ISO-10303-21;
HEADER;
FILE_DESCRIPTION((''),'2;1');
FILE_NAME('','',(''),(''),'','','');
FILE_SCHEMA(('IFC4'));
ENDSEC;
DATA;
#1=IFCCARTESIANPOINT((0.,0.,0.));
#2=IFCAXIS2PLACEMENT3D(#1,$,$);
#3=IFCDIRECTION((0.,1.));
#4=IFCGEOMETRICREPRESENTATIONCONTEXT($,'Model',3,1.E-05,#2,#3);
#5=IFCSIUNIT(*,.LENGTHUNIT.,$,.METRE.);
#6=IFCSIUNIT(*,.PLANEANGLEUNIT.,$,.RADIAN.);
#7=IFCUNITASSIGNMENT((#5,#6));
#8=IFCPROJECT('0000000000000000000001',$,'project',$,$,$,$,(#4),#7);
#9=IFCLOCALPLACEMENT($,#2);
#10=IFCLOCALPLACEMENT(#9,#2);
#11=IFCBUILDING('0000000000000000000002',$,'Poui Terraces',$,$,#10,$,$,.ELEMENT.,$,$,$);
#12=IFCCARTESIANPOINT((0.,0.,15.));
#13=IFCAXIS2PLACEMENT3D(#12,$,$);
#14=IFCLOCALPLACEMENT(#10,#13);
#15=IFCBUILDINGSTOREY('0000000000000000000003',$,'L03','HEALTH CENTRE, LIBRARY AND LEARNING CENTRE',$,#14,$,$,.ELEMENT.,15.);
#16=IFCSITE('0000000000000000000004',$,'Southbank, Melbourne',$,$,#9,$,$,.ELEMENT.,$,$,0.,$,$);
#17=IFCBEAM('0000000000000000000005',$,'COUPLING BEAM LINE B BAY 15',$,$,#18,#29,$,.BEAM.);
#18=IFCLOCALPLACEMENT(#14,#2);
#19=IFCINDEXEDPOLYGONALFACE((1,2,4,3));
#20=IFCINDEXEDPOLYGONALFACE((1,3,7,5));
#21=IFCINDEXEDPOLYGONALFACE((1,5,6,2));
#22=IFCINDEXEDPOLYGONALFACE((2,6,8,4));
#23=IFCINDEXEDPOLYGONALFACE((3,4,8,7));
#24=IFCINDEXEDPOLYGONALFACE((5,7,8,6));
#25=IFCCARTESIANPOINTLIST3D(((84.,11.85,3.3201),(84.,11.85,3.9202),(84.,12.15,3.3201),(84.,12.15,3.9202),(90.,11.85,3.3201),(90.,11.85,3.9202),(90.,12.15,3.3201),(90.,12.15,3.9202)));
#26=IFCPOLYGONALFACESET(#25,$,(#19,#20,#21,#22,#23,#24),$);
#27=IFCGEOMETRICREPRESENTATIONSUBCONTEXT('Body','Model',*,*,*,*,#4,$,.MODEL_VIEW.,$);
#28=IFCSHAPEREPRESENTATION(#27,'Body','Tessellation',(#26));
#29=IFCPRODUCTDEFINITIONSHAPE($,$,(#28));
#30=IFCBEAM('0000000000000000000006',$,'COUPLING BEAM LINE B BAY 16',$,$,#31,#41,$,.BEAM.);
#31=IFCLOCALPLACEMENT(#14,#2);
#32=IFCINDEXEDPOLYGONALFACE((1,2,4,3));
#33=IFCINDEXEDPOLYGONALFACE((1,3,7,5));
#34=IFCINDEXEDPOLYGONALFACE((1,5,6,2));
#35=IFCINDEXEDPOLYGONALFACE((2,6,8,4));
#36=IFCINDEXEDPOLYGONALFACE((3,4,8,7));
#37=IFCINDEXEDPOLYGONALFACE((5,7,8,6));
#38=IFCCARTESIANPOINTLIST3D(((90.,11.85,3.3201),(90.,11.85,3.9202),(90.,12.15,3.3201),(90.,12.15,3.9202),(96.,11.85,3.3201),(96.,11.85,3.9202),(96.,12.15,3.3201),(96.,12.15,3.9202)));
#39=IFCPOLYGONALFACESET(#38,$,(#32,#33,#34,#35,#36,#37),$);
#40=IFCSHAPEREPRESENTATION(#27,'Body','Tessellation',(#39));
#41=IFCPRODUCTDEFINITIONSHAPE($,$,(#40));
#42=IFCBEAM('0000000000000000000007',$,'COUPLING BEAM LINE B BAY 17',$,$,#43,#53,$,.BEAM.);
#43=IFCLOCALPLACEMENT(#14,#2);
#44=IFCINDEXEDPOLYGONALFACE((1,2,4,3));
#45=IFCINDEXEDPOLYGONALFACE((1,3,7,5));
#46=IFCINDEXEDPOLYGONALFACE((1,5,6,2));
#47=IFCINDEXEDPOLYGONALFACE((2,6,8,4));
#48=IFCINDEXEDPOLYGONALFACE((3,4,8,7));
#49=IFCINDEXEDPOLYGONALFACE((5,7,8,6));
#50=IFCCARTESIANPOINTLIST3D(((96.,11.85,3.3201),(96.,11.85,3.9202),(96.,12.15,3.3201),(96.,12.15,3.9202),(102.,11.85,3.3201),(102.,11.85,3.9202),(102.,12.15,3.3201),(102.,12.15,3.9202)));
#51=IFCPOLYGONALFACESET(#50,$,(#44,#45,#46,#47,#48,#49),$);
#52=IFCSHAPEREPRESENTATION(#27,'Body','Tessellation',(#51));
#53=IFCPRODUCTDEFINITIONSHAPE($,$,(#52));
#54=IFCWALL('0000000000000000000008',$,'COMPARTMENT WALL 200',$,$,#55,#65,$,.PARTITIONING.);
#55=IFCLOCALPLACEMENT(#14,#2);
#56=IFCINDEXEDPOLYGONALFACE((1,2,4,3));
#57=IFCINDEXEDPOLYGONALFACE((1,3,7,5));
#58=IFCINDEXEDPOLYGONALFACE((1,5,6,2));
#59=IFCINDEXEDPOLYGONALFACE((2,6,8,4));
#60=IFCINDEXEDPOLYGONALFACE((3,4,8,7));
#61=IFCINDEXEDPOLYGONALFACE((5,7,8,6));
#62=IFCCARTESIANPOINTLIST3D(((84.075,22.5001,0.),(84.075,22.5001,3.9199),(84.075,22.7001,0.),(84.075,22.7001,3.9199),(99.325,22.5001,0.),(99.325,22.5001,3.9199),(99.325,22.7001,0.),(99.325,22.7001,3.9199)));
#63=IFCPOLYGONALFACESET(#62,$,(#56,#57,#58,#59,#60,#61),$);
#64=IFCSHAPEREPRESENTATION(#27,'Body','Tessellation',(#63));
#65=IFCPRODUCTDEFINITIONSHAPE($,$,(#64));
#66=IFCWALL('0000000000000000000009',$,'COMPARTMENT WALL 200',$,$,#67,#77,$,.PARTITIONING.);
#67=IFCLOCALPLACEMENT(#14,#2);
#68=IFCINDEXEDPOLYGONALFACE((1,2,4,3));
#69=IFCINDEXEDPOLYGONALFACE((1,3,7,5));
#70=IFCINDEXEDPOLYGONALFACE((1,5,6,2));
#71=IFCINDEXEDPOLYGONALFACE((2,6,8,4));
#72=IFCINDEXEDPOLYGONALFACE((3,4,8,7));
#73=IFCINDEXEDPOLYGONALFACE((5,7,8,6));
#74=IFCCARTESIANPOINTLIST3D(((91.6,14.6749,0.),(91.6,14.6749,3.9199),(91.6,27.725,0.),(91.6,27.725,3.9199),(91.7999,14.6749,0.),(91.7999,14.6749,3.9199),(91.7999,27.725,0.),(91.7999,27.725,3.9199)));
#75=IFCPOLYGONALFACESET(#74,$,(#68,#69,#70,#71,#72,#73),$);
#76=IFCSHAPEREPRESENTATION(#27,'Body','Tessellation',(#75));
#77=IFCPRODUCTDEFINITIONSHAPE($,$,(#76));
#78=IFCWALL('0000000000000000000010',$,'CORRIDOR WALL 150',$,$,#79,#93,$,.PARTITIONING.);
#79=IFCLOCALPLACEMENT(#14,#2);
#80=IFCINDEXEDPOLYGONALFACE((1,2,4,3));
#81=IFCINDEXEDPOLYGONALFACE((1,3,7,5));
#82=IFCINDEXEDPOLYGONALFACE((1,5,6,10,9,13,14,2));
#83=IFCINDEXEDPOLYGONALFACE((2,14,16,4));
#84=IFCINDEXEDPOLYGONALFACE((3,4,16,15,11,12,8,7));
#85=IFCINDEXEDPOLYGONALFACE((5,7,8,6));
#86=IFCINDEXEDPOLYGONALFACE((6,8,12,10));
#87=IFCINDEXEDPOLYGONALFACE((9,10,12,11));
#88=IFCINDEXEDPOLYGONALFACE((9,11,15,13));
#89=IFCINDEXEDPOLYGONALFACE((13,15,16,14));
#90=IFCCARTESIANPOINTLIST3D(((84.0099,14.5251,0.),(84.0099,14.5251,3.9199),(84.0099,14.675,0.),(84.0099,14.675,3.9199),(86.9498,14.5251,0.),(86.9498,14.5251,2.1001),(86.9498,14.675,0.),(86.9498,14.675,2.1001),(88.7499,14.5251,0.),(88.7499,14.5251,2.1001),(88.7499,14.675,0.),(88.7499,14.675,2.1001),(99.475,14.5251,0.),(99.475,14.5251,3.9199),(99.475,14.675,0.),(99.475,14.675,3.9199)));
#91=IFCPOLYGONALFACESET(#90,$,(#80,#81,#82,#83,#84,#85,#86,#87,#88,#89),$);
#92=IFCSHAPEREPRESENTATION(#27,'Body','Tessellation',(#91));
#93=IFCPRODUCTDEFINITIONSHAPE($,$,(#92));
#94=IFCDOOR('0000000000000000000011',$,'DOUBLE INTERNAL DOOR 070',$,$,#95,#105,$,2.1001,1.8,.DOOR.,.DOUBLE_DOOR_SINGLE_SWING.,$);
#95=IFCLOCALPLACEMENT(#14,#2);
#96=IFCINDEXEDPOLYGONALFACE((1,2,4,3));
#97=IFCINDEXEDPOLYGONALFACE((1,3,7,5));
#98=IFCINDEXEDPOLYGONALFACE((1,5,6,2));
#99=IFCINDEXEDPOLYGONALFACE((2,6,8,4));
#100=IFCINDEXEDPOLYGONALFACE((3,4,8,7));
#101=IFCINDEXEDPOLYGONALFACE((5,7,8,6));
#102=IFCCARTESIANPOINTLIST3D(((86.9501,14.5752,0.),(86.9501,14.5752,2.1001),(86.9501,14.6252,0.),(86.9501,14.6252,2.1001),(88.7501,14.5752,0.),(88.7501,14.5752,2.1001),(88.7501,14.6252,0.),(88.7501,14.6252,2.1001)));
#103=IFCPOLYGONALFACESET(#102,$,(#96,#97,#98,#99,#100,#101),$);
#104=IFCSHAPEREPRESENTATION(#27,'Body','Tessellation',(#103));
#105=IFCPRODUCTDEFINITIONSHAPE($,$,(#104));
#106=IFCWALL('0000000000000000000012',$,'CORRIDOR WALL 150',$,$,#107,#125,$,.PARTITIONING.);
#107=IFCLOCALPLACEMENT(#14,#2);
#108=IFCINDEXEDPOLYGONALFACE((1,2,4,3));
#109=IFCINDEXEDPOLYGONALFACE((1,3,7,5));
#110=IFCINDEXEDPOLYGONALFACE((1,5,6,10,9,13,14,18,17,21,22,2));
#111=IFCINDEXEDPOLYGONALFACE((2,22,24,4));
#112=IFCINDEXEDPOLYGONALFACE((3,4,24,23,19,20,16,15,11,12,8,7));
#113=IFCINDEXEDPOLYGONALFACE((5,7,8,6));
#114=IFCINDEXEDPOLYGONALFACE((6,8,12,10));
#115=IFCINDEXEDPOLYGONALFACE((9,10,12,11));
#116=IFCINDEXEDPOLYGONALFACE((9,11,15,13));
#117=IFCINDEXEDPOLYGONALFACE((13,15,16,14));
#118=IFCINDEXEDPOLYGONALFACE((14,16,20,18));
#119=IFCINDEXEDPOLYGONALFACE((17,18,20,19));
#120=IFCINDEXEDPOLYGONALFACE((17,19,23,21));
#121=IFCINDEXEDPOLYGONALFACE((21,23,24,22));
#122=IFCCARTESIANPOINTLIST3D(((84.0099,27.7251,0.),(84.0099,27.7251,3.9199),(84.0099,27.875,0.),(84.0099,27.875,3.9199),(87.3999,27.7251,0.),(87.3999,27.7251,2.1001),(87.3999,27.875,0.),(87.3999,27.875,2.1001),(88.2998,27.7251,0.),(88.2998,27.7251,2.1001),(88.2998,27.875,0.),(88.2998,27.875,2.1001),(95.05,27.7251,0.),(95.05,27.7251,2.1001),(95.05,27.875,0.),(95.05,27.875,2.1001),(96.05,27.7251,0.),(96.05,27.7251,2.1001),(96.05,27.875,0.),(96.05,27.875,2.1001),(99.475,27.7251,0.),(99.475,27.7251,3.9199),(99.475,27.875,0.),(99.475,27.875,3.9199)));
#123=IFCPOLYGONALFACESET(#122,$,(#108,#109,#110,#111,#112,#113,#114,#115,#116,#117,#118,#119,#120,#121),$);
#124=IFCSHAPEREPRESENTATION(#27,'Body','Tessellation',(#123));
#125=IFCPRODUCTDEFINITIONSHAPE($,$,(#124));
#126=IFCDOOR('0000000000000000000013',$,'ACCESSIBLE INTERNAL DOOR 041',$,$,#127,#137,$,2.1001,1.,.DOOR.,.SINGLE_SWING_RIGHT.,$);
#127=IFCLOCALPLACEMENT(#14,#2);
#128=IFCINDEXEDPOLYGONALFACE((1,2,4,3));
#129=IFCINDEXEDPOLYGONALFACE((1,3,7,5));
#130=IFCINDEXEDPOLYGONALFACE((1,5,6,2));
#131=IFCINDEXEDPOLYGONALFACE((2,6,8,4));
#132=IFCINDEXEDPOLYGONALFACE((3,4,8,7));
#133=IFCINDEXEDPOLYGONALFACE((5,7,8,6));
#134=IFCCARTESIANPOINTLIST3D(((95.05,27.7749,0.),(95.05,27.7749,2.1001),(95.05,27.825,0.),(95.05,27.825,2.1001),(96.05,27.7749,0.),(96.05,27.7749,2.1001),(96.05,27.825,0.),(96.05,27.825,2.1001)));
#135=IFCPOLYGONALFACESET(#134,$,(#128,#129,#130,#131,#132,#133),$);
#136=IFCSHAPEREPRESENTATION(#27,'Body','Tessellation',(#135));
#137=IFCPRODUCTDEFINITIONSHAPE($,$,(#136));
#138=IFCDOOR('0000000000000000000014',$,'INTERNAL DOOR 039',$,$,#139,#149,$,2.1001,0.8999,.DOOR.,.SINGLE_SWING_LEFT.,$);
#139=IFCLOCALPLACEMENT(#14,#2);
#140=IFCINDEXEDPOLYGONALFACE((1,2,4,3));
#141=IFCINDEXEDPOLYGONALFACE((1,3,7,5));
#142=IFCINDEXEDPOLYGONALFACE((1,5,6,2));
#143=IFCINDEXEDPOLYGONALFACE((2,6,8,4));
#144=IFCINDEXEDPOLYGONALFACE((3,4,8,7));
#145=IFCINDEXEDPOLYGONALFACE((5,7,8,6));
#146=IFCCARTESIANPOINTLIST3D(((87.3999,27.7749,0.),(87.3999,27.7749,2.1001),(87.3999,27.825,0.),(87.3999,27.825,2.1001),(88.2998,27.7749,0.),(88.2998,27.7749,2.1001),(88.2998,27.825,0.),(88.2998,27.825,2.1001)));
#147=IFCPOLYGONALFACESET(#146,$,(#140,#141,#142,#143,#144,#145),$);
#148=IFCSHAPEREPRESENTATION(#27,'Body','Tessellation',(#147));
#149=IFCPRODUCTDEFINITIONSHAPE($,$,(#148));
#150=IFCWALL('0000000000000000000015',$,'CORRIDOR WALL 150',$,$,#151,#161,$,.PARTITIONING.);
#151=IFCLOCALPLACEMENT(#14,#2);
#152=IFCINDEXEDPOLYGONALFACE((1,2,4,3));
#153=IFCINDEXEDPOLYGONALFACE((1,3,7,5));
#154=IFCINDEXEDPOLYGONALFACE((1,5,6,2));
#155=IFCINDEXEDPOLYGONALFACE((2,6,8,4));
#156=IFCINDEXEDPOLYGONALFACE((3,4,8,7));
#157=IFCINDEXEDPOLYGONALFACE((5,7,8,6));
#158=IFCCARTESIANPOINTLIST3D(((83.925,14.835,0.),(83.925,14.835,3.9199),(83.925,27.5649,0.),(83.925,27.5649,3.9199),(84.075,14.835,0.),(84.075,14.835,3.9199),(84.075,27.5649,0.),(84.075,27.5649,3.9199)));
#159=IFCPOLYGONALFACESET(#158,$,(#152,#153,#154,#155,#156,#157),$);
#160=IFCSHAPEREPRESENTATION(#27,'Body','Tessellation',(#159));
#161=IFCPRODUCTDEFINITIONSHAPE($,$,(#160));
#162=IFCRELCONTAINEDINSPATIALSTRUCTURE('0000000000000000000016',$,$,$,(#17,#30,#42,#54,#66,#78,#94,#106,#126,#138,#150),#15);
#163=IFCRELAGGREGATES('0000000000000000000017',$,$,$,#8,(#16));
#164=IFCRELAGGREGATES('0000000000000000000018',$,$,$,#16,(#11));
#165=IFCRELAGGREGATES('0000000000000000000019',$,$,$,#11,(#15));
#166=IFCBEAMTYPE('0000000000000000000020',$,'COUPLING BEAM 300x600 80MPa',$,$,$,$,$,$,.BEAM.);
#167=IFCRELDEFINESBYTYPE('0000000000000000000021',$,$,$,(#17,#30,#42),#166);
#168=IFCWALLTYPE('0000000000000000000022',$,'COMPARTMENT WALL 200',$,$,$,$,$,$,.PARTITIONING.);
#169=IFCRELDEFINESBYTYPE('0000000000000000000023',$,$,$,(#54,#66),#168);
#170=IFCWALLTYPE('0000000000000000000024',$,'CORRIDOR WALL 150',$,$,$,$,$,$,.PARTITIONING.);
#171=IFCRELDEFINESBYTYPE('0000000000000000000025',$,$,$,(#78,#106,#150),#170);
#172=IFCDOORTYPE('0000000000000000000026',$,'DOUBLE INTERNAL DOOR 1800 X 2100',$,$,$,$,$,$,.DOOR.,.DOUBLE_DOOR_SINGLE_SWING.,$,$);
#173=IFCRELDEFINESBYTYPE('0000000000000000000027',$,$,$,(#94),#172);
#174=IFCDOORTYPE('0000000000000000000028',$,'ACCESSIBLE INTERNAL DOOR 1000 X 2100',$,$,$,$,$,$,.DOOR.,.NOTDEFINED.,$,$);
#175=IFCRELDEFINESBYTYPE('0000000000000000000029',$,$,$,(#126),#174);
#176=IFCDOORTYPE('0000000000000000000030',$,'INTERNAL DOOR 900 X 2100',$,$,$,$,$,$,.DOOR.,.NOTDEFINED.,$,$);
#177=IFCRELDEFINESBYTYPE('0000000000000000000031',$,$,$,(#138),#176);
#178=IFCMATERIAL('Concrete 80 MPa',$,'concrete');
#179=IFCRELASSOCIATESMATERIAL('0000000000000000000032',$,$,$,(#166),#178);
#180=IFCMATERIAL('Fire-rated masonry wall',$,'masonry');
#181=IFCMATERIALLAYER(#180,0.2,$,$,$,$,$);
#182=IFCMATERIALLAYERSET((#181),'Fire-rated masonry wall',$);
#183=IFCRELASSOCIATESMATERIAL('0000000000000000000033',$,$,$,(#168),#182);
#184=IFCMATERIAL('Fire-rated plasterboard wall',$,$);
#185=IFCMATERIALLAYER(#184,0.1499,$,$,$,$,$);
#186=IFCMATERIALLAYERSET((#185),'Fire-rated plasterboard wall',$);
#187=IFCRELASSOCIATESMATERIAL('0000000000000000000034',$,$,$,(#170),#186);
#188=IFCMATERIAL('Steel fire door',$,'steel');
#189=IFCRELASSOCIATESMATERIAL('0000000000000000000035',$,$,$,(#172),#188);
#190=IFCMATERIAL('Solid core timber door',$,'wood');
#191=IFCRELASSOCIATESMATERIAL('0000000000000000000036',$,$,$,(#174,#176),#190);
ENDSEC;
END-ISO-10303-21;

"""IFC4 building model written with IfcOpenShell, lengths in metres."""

from ifc_helpers import new_model, si_unit, direction, frame, frame_2d, origin, origin_2d, place, context, subcontext, project, spatial, rectangle, extrude, source, transform, mapped, material, layer, layer_set, material_profile, profile_set, type_object, element, fill, save


model = new_model("IFC4")

# Units and contexts
model_context = context("Model", 3, precision=1e-05, world=origin(), true_north=direction((0.0, 1.0)))
body_context = subcontext(model_context, "Body", "Model", "MODEL_VIEW")
ifc_project = project(units=[si_unit("LENGTHUNIT", "METRE"), si_unit("PLANEANGLEUNIT", "RADIAN")], contexts=[model_context])

# Site, building, storey
site_placement = place(None, origin())
site = spatial("IfcSite", under=ifc_project, at=site_placement, Name="Southbank, Melbourne", CompositionType="ELEMENT", RefElevation=0.0)
building_placement = place(site_placement, origin())
building = spatial("IfcBuilding", under=site, at=building_placement, Name="Poui Terraces", CompositionType="ELEMENT")
storey_placement = place(building_placement, frame((0.0, 0.0, 15.0)))
storey = spatial("IfcBuildingStorey", under=building, at=storey_placement, Name="L03", Description="HEALTH CENTRE, LIBRARY AND LEARNING CENTRE", CompositionType="ELEMENT", Elevation=15.0)

# Beams
ifc_material_1 = material(Name="Concrete 80 MPa", Category="concrete")
ifc_material_profile = material_profile(ifc_material_1, rectangle(XDim=0.3, YDim=0.6001, at=origin_2d()), Name="RC 300x600")
ifc_profile_set = profile_set([ifc_material_profile], Name="Concrete 80 MPa")
beam_type = type_object("IfcBeamType", Name="COUPLING BEAM 300x600 80MPa", PredefinedType="BEAM", material=ifc_profile_set)
shared_shape = source(origin(), body_context, "Body", "SweptSolid", [
    extrude(rectangle(XDim=0.3, YDim=0.6001, at=origin_2d()), origin(), (0.0, 0.0, 1.0), 6.0),
])
for number, where, z_axis, x_axis, name in (
    (1, (84.0, 12.0, 3.6201), (1.0, 0.0, 0.0), (0.0, 1.0, 0.0), "COUPLING BEAM LINE B BAY 15"),
    (2, (90.0, 12.0, 3.6201), (1.0, 0.0, 0.0), (0.0, 1.0, 0.0), "COUPLING BEAM LINE B BAY 16"),
    (3, (96.0, 12.0, 3.6201), (1.0, 0.0, 0.0), (0.0, 1.0, 0.0), "COUPLING BEAM LINE B BAY 17"),
):
    element("IfcBeam", number, at=place(storey_placement, frame(where, z_axis=z_axis, x_axis=x_axis)), inside=storey, type_object=beam_type, Name=name, PredefinedType="BEAM", context=body_context, shape_type="MappedRepresentation", body=[
        mapped(shared_shape, transform((0.0, 0.0, 0.0))),
    ])

# Walls
ifc_material_2 = material(Name="Fire-rated masonry wall", Category="masonry")
ifc_layer_1 = layer(ifc_material_2, 0.2)
ifc_layer_set_1 = layer_set([ifc_layer_1], Name="Fire-rated masonry wall")
wall_type_1 = type_object("IfcWallType", Name="COMPARTMENT WALL 200", PredefinedType="PARTITIONING", material=ifc_layer_set_1)
wall_1_placement = place(storey_placement, frame((84.075, 22.6001, 0.0), z_axis=(0.0, 0.0, 1.0), x_axis=(1.0, 0.0, 0.0)))
element("IfcWall", 4, at=wall_1_placement, inside=storey, type_object=wall_type_1, Name="COMPARTMENT WALL 200", PredefinedType="PARTITIONING", context=body_context, shape_type="SweptSolid", body=[
    extrude(rectangle(XDim=15.25, YDim=0.2, at=frame_2d((7.625, 0.0))), origin(), (0.0, 0.0, 1.0), 3.9199),
])
wall_2_placement = place(storey_placement, frame((91.7, 14.675, 0.0), z_axis=(0.0, 0.0, 1.0), x_axis=(0.0, 1.0, 0.0)))
element("IfcWall", 5, at=wall_2_placement, inside=storey, type_object=wall_type_1, Name="COMPARTMENT WALL 200", PredefinedType="PARTITIONING", context=body_context, shape_type="SweptSolid", body=[
    extrude(rectangle(XDim=13.05, YDim=0.2, at=frame_2d((6.5249, 0.0))), origin(), (0.0, 0.0, 1.0), 3.9199),
])

# Wall, opening, door
ifc_material_3 = material(Name="Fire-rated plasterboard wall")
ifc_layer_2 = layer(ifc_material_3, 0.1499)
ifc_layer_set_2 = layer_set([ifc_layer_2], Name="Fire-rated plasterboard wall")
wall_type_2 = type_object("IfcWallType", Name="CORRIDOR WALL 150", PredefinedType="PARTITIONING", material=ifc_layer_set_2)
wall_3_placement = place(storey_placement, frame((84.01, 14.6001, 0.0), z_axis=(0.0, 0.0, 1.0), x_axis=(1.0, 0.0, 0.0)))
wall_3 = element("IfcWall", 6, at=wall_3_placement, inside=storey, type_object=wall_type_2, Name="CORRIDOR WALL 150", PredefinedType="PARTITIONING", context=body_context, shape_type="SweptSolid", body=[
    extrude(rectangle(XDim=15.4651, YDim=0.1499, at=frame_2d((7.7324, 0.0))), origin(), (0.0, 0.0, 1.0), 3.9199),
])
opening_1_placement = place(wall_3_placement, frame((2.9399, 0.0, 0.0)))
opening_1 = element("IfcOpeningElement", 7, at=opening_1_placement, cuts=wall_3, PredefinedType="OPENING", context=body_context, shape_type="SweptSolid", body=[
    extrude(rectangle(XDim=1.8, YDim=2.1001, at=frame_2d((0.8999, 1.05))), frame((0.0, 0.085, 0.0), z_axis=(0.0, -1.0, 0.0), x_axis=(1.0, 0.0, 0.0)), (0.0, 0.0, 1.0), 0.1699),
])
ifc_material_4 = material(Name="Steel fire door", Category="steel")
door_type_1 = type_object("IfcDoorType", Name="DOUBLE INTERNAL DOOR 1800 X 2100", OperationType="DOUBLE_DOOR_SINGLE_SWING", PredefinedType="DOOR", material=ifc_material_4)
door_1_placement = place(opening_1_placement, frame((1.8, 0.0, 0.0), z_axis=(0.0, 0.0, 1.0), x_axis=(-1.0, 0.0, 0.0)))
door_1 = element("IfcDoor", 8, at=door_1_placement, inside=storey, type_object=door_type_1, Name="DOUBLE INTERNAL DOOR 070", OperationType="DOUBLE_DOOR_SINGLE_SWING", OverallHeight=2.1001, OverallWidth=1.8, PredefinedType="DOOR", context=body_context, shape_type="SweptSolid", body=[
    extrude(rectangle(XDim=1.8, YDim=2.1001, at=frame_2d((0.8999, 1.05))), frame((0.0, 0.0249, 0.0), z_axis=(0.0, -1.0, 0.0), x_axis=(1.0, 0.0, 0.0)), (0.0, 0.0, 1.0), 0.05),
])
fill(opening_1, door_1)

# Wall, openings, doors
wall_4_placement = place(storey_placement, frame((84.01, 27.8, 0.0), z_axis=(0.0, 0.0, 1.0), x_axis=(1.0, 0.0, 0.0)))
wall_4 = element("IfcWall", 9, at=wall_4_placement, inside=storey, type_object=wall_type_2, Name="CORRIDOR WALL 150", PredefinedType="PARTITIONING", context=body_context, shape_type="SweptSolid", body=[
    extrude(rectangle(XDim=15.4651, YDim=0.1499, at=frame_2d((7.7324, 0.0))), origin(), (0.0, 0.0, 1.0), 3.9199),
])
opening_2_placement = place(wall_4_placement, frame((3.3899, 0.0, 0.0)))
opening_2 = element("IfcOpeningElement", 10, at=opening_2_placement, cuts=wall_4, PredefinedType="OPENING", context=body_context, shape_type="SweptSolid", body=[
    extrude(rectangle(XDim=0.8999, YDim=2.1001, at=frame_2d((0.45, 1.05))), frame((0.0, 0.085, 0.0), z_axis=(0.0, -1.0, 0.0), x_axis=(1.0, 0.0, 0.0)), (0.0, 0.0, 1.0), 0.1699),
])
opening_3_placement = place(wall_4_placement, frame((11.04, 0.0, 0.0)))
opening_3 = element("IfcOpeningElement", 11, at=opening_3_placement, cuts=wall_4, PredefinedType="OPENING", context=body_context, shape_type="SweptSolid", body=[
    extrude(rectangle(XDim=1.0, YDim=2.1001, at=frame_2d((0.5, 1.05))), frame((0.0, 0.085, 0.0), z_axis=(0.0, -1.0, 0.0), x_axis=(1.0, 0.0, 0.0)), (0.0, 0.0, 1.0), 0.1699),
])
ifc_material_5 = material(Name="Solid core timber door", Category="wood")
door_type_2 = type_object("IfcDoorType", Name="ACCESSIBLE INTERNAL DOOR 1000 X 2100", OperationType="NOTDEFINED", PredefinedType="DOOR", material=ifc_material_5)
door_2_placement = place(opening_3_placement, origin())
door_2 = element("IfcDoor", 12, at=door_2_placement, inside=storey, type_object=door_type_2, Name="ACCESSIBLE INTERNAL DOOR 041", OperationType="SINGLE_SWING_RIGHT", OverallHeight=2.1001, OverallWidth=1.0, PredefinedType="DOOR", context=body_context, shape_type="SweptSolid", body=[
    extrude(rectangle(XDim=1.0, YDim=2.1001, at=frame_2d((0.5, 1.05))), frame((0.0, 0.0249, 0.0), z_axis=(0.0, -1.0, 0.0), x_axis=(1.0, 0.0, 0.0)), (0.0, 0.0, 1.0), 0.05),
])
fill(opening_3, door_2)
door_type_3 = type_object("IfcDoorType", Name="INTERNAL DOOR 900 X 2100", OperationType="NOTDEFINED", PredefinedType="DOOR", material=ifc_material_5)
door_3_placement = place(opening_2_placement, origin())
door_3 = element("IfcDoor", 13, at=door_3_placement, inside=storey, type_object=door_type_3, Name="INTERNAL DOOR 039", OperationType="SINGLE_SWING_LEFT", OverallHeight=2.1001, OverallWidth=0.8999, PredefinedType="DOOR", context=body_context, shape_type="SweptSolid", body=[
    extrude(rectangle(XDim=0.8999, YDim=2.1001, at=frame_2d((0.45, 1.05))), frame((0.0, 0.0249, 0.0), z_axis=(0.0, -1.0, 0.0), x_axis=(1.0, 0.0, 0.0)), (0.0, 0.0, 1.0), 0.05),
])
fill(opening_2, door_3)

# Wall
wall_5_placement = place(storey_placement, frame((84.0, 14.835, 0.0), z_axis=(0.0, 0.0, 1.0), x_axis=(0.0, 1.0, 0.0)))
element("IfcWall", 14, at=wall_5_placement, inside=storey, type_object=wall_type_2, Name="CORRIDOR WALL 150", PredefinedType="PARTITIONING", context=body_context, shape_type="SweptSolid", body=[
    extrude(rectangle(XDim=12.73, YDim=0.1499, at=frame_2d((6.365, 0.0))), origin(), (0.0, 0.0, 1.0), 3.9199),
])

save(model, "model.ifc")
